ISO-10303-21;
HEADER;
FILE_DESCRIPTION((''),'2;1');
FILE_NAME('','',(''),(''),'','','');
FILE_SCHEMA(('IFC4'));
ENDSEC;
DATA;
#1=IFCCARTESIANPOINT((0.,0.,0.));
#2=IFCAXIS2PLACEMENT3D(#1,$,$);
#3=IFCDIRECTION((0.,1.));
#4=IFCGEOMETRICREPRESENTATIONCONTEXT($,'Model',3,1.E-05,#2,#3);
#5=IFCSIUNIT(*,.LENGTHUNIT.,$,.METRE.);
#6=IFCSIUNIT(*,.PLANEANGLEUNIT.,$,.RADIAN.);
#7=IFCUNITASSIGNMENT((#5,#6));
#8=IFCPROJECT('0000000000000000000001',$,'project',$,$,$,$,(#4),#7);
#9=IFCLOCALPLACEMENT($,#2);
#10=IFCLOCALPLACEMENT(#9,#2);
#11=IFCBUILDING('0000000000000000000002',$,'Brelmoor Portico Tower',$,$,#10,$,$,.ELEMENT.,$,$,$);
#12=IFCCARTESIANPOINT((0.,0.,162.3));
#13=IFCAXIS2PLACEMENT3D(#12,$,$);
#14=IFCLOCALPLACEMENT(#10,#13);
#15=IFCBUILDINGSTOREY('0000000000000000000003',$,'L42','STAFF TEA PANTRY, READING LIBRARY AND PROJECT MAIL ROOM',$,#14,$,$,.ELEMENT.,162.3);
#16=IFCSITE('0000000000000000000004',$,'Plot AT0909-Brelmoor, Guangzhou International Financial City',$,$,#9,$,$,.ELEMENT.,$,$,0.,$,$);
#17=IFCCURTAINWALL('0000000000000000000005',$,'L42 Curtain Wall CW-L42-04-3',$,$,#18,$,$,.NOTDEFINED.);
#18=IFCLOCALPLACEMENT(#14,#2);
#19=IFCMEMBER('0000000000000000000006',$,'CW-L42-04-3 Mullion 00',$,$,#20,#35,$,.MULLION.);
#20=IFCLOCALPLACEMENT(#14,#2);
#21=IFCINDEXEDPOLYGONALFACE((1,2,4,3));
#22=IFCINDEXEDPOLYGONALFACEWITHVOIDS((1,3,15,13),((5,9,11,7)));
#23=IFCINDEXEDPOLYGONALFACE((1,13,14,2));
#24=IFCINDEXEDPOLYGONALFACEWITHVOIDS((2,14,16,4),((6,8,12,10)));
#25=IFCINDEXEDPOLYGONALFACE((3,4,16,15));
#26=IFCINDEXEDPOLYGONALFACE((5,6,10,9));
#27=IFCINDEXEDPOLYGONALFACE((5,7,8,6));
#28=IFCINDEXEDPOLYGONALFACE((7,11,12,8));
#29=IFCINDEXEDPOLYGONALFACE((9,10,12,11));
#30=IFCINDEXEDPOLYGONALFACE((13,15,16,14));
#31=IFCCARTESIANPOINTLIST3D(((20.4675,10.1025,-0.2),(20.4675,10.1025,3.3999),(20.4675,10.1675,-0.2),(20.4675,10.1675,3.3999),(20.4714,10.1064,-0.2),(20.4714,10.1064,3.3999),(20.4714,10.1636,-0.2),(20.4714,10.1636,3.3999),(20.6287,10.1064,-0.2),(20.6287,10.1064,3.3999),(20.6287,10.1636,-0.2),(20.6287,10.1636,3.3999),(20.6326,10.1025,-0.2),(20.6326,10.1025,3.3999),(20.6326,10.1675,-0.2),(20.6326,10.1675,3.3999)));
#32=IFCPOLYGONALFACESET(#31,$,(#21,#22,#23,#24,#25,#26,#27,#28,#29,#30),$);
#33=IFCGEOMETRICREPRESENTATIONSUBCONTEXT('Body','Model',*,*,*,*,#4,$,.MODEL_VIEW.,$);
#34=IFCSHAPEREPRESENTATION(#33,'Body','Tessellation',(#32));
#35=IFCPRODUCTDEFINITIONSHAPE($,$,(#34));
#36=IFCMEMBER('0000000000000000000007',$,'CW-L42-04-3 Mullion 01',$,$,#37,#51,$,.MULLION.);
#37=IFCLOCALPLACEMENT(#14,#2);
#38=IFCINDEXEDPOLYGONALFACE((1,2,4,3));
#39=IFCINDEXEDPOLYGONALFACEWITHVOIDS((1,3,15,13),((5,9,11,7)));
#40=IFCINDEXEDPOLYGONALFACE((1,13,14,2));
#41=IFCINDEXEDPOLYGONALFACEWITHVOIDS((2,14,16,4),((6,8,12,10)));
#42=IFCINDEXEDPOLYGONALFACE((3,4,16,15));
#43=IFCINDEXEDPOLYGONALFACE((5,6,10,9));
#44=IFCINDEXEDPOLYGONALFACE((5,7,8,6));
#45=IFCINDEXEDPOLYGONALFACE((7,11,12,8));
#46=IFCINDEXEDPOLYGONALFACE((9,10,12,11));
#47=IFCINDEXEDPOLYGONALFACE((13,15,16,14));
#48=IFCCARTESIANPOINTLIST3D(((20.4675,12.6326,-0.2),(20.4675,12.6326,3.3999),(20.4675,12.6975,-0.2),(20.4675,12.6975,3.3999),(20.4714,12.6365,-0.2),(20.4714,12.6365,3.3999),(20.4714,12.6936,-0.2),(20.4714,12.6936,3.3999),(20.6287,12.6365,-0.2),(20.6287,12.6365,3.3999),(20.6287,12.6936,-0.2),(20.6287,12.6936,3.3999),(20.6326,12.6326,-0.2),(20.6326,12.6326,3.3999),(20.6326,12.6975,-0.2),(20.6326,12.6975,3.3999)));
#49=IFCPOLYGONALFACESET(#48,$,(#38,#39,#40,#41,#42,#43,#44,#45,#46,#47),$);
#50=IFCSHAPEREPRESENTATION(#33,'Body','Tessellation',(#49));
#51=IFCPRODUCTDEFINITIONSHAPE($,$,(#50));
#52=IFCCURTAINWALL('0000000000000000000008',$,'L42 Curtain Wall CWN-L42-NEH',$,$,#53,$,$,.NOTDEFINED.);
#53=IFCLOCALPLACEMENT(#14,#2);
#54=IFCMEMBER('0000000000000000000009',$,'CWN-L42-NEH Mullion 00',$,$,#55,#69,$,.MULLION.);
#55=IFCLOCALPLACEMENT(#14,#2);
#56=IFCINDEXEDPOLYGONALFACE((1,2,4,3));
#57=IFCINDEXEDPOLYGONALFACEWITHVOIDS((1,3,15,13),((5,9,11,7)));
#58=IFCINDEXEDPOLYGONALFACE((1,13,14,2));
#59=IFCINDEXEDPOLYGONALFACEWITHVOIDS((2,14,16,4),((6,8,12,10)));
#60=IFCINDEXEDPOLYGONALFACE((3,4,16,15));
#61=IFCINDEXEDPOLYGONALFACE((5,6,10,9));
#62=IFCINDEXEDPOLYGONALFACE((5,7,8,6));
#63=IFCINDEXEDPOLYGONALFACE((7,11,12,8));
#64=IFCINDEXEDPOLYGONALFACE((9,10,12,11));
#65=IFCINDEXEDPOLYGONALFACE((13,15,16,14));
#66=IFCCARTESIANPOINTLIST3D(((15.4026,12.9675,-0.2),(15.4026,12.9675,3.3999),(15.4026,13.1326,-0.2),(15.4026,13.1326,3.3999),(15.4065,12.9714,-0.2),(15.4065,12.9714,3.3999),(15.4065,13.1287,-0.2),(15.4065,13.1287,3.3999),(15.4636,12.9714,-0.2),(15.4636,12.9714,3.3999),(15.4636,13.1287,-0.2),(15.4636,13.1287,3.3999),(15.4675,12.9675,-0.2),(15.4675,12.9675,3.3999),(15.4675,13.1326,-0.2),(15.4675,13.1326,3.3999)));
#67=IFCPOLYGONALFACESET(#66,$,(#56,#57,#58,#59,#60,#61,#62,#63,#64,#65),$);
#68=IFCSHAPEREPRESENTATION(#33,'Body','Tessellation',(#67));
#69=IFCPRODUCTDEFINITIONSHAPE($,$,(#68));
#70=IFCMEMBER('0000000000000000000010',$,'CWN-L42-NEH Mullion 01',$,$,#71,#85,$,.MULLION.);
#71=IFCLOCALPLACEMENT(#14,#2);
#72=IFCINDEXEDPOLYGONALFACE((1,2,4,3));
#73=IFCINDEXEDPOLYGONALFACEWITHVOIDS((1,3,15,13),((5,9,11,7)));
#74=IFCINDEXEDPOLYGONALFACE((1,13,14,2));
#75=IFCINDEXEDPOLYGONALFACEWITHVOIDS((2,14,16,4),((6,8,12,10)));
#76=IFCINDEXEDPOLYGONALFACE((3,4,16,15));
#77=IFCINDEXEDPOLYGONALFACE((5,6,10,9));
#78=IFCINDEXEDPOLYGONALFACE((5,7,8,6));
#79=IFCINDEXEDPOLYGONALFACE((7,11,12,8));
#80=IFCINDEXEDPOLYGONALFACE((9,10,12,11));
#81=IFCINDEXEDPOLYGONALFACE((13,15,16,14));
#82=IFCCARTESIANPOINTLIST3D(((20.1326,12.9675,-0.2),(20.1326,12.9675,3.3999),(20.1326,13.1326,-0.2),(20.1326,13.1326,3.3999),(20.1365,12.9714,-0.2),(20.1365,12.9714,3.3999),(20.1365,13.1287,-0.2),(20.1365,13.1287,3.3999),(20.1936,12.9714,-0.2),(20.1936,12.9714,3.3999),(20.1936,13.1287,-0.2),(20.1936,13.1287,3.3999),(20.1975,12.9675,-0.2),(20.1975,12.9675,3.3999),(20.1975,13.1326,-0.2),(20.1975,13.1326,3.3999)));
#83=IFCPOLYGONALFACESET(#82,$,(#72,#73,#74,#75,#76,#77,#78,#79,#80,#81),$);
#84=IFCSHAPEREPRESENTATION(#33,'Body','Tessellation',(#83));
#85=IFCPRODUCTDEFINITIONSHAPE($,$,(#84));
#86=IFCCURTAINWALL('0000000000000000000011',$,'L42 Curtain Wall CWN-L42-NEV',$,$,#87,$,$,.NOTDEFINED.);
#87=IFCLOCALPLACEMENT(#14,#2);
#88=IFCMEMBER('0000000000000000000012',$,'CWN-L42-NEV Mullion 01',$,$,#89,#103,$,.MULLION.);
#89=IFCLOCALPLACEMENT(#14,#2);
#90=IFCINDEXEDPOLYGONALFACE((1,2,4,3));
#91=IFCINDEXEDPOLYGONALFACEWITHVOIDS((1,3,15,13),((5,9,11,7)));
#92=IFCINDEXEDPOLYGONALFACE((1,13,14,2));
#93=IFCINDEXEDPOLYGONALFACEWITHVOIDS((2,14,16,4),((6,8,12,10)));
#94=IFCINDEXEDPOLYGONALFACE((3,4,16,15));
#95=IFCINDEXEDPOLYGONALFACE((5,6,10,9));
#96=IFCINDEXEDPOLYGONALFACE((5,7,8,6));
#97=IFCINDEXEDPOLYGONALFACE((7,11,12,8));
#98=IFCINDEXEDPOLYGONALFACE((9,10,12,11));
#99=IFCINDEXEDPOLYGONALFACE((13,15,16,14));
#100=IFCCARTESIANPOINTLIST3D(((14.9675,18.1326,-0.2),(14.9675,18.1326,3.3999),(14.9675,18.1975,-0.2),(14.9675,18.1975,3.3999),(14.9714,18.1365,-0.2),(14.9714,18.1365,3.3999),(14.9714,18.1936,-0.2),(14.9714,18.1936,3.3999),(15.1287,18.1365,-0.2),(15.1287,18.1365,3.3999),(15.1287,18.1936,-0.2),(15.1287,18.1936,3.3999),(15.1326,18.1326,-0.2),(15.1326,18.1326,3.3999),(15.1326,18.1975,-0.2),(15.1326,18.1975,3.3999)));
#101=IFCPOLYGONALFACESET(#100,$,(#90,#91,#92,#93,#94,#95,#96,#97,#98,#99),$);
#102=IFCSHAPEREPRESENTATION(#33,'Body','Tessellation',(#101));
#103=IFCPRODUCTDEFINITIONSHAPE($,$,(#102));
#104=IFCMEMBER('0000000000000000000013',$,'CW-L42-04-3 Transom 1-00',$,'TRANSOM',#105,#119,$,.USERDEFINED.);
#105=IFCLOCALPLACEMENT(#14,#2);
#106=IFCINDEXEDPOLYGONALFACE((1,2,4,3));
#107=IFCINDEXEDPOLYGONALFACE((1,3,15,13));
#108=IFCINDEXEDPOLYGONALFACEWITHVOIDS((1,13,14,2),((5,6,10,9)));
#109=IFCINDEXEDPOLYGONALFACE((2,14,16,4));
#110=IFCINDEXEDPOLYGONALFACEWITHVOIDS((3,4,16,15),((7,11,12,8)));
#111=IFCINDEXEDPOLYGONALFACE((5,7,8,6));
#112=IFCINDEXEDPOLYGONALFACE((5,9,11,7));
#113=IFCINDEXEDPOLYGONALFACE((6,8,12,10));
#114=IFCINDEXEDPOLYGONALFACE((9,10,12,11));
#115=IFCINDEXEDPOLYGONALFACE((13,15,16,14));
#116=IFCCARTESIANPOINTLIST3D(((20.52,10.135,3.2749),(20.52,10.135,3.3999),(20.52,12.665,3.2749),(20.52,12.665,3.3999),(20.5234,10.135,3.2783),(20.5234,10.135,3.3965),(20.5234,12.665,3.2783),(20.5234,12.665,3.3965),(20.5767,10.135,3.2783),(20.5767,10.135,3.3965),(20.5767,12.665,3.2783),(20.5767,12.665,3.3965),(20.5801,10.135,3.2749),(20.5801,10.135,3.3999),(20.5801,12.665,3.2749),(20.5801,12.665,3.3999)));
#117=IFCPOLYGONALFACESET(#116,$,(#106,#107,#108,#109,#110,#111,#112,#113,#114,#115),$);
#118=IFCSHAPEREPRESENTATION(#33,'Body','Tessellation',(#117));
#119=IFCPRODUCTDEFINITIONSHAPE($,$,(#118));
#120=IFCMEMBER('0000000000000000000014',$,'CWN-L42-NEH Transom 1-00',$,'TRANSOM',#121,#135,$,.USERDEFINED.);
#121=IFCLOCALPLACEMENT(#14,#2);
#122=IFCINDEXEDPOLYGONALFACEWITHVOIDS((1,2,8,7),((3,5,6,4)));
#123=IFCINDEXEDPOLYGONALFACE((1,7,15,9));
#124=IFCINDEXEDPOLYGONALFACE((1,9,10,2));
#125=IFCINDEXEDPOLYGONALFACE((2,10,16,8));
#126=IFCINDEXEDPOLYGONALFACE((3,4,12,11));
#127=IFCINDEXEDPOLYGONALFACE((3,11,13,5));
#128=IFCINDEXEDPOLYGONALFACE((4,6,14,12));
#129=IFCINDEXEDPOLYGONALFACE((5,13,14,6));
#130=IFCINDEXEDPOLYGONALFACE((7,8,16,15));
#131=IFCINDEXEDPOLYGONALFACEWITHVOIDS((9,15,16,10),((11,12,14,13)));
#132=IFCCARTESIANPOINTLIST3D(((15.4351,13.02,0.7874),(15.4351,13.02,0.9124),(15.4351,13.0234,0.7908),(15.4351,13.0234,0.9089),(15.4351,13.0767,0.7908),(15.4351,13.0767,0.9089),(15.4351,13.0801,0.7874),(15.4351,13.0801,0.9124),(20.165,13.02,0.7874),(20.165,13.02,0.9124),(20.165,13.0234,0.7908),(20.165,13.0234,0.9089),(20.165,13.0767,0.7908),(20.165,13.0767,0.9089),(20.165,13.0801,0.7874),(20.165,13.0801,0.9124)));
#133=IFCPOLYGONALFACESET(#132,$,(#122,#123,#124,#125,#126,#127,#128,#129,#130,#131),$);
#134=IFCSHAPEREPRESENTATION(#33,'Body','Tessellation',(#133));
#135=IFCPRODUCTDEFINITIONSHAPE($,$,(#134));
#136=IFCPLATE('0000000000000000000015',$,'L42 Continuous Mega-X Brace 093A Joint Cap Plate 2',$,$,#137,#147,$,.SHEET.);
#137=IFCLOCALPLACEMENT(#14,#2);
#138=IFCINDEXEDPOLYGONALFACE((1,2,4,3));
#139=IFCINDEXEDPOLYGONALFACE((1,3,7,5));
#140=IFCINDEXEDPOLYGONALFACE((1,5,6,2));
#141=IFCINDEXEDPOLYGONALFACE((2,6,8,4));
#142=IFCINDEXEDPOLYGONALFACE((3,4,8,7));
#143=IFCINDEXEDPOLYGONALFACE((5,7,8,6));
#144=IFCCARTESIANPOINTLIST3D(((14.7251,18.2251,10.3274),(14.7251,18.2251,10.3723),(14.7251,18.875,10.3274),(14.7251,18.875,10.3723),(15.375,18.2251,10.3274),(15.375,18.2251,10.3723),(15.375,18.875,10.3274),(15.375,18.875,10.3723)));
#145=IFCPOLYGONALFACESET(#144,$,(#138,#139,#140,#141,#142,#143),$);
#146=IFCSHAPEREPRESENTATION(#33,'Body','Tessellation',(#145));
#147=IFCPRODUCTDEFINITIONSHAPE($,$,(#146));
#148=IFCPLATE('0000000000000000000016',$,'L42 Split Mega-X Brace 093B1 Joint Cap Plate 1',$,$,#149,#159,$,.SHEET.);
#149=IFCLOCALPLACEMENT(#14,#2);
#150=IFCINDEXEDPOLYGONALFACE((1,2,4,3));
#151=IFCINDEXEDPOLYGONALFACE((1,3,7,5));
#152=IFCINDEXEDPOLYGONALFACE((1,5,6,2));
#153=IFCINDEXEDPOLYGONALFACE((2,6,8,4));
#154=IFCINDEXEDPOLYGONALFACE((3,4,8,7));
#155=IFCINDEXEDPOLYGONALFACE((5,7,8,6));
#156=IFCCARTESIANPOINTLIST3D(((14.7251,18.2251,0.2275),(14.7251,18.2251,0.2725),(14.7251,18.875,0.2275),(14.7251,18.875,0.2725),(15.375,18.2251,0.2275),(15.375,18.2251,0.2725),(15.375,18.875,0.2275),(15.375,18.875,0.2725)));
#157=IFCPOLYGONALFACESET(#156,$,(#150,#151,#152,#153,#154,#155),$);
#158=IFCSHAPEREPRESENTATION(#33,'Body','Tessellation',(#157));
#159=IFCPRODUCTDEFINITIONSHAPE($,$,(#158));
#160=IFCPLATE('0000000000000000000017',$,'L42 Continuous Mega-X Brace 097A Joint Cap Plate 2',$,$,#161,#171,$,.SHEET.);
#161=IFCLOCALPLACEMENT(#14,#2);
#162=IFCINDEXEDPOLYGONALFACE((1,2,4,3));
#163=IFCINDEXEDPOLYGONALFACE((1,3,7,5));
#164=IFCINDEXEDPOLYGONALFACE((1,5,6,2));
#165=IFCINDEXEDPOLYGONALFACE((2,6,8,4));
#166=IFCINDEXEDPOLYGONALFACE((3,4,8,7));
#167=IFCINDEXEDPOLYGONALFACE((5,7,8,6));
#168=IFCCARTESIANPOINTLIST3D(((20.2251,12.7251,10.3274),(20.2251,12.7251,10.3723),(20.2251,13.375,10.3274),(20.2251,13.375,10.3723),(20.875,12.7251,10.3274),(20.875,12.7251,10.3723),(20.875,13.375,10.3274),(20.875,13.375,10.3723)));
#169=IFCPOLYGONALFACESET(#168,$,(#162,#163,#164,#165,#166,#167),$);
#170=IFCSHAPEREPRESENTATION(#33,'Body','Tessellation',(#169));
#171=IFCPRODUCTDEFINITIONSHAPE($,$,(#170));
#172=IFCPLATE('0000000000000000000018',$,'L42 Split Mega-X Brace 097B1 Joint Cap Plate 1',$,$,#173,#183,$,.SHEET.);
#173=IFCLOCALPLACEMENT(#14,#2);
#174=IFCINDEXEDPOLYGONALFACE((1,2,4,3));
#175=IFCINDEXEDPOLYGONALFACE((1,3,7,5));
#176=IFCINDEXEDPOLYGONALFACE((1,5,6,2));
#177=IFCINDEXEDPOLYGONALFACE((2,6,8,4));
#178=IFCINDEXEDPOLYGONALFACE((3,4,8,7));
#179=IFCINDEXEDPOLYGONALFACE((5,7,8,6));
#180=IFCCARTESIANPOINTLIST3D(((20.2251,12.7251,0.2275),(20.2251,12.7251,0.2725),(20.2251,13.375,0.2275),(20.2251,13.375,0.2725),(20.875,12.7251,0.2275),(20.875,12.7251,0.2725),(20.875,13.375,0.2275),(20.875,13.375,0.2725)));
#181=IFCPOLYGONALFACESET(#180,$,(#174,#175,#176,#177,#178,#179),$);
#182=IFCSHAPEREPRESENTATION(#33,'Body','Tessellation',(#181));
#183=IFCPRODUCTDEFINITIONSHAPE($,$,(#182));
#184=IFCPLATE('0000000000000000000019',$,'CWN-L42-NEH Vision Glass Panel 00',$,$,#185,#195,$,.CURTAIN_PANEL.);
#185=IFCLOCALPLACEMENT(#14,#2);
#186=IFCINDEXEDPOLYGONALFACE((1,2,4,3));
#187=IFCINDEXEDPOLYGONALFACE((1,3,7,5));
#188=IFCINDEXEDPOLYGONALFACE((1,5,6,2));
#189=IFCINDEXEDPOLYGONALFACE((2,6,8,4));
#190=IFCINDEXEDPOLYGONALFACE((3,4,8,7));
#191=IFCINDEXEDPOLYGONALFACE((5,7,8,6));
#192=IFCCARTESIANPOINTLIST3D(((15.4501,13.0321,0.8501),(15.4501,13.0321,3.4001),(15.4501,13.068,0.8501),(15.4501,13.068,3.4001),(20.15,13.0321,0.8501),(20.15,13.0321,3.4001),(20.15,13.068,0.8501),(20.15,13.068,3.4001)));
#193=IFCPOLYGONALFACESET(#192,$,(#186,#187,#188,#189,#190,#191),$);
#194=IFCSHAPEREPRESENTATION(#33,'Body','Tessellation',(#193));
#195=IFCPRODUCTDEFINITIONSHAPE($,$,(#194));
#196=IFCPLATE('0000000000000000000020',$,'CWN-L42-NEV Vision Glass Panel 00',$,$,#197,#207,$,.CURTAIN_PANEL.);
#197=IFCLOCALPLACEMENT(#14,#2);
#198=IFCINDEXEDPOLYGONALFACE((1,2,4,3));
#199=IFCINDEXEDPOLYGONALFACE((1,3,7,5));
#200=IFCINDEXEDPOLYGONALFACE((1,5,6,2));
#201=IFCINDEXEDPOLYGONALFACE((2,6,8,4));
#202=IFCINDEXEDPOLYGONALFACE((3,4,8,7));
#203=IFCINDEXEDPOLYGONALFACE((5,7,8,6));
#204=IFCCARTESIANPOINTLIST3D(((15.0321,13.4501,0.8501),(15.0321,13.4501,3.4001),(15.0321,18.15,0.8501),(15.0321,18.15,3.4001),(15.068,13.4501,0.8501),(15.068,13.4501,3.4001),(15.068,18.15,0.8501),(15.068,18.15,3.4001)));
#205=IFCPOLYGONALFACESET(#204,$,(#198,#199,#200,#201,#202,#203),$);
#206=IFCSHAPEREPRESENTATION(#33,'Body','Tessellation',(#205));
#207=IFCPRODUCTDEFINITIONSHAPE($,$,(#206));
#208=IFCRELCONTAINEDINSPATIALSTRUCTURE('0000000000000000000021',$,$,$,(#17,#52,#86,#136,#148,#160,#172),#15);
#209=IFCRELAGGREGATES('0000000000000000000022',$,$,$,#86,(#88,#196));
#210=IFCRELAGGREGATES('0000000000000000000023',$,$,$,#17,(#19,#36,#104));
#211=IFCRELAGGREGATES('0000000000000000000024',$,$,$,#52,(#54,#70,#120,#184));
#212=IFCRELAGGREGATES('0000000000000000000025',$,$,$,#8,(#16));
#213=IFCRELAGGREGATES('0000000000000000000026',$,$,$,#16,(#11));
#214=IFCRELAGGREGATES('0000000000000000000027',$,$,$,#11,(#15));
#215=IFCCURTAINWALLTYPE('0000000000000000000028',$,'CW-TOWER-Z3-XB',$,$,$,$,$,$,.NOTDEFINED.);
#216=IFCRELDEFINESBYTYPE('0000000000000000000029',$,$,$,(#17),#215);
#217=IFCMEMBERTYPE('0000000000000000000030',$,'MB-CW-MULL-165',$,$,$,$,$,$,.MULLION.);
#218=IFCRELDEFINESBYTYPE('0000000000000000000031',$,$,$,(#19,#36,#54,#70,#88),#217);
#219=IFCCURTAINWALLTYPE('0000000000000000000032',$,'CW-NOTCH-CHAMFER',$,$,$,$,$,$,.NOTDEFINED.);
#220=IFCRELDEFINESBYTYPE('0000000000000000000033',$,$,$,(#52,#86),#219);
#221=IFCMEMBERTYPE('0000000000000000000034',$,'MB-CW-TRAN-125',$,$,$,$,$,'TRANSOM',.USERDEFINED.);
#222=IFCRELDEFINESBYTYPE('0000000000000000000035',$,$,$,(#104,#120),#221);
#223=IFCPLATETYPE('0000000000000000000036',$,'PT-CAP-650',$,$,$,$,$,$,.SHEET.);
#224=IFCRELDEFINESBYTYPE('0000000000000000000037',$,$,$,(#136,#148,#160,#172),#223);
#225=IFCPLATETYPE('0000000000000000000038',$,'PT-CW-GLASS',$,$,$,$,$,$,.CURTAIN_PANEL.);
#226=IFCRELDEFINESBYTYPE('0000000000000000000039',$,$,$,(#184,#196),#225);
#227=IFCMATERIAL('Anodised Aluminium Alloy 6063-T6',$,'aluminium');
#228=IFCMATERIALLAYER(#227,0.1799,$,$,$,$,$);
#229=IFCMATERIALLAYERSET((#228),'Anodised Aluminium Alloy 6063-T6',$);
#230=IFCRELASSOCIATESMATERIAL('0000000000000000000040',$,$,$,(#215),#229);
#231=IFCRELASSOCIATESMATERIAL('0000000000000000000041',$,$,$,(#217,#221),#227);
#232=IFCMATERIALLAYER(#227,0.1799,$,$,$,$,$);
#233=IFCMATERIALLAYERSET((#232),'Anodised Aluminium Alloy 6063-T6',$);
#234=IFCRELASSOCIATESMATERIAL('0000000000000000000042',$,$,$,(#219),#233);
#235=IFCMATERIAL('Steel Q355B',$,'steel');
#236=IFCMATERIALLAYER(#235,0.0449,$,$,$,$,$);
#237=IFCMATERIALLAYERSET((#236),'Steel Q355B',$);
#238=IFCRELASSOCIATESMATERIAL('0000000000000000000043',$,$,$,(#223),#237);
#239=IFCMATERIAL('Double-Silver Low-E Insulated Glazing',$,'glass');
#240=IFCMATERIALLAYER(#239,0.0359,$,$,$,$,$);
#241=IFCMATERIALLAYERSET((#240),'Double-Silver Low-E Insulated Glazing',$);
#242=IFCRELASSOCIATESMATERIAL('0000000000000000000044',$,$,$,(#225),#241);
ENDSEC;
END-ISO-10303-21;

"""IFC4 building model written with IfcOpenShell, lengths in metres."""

from ifc_helpers import new_model, si_unit, direction, frame, origin, origin_2d, place, context, subcontext, project, spatial, rectangle, hollow_rectangle, extrude, material, layer, layer_set, material_profile, profile_set, type_object, element, aggregate, save


model = new_model("IFC4")

# Units and contexts
model_context = context("Model", 3, precision=1e-05, world=origin(), true_north=direction((0.0, 1.0)))
body_context = subcontext(model_context, "Body", "Model", "MODEL_VIEW")
ifc_project = project(units=[si_unit("LENGTHUNIT", "METRE"), si_unit("PLANEANGLEUNIT", "RADIAN")], contexts=[model_context])

# Site, building, storey
site_placement = place(None, origin())
site = spatial("IfcSite", under=ifc_project, at=site_placement, Name="Plot AT0909-Brelmoor, Guangzhou International Financial City", CompositionType="ELEMENT", RefElevation=0.0)
building_placement = place(site_placement, origin())
building = spatial("IfcBuilding", under=site, at=building_placement, Name="Brelmoor Portico Tower", CompositionType="ELEMENT")
storey_placement = place(building_placement, frame((0.0, 0.0, 162.3)))
storey = spatial("IfcBuildingStorey", under=building, at=storey_placement, Name="L42", Description="STAFF TEA PANTRY, READING LIBRARY AND PROJECT MAIL ROOM", CompositionType="ELEMENT", Elevation=162.3)

# Shared definitions
ifc_material_1 = material(Name="Steel Q355B", Category="steel")

# Curtain walls, members
ifc_material_2 = material(Name="Anodised Aluminium Alloy 6063-T6", Category="aluminium")
ifc_layer_1 = layer(ifc_material_2, 0.1799)
ifc_layer_set_1 = layer_set([ifc_layer_1], Name="Anodised Aluminium Alloy 6063-T6")
curtain_wall_type_1 = type_object("IfcCurtainWallType", Name="CW-TOWER-Z3-XB", PredefinedType="NOTDEFINED", material=ifc_layer_set_1)
curtain_wall_1_placement = place(storey_placement, origin())
curtain_wall_1 = element("IfcCurtainWall", 1, at=curtain_wall_1_placement, inside=storey, type_object=curtain_wall_type_1, Name="L42 Curtain Wall CW-L42-04-3", PredefinedType="NOTDEFINED")
ifc_material_profile_1 = material_profile(ifc_material_2, hollow_rectangle(XDim=0.0649, YDim=0.165, WallThickness=0.0039, at=origin_2d()), Name="ALU MULLION 65x165")
ifc_profile_set_1 = profile_set([ifc_material_profile_1], Name="Anodised Aluminium Alloy 6063-T6")
member_type_1 = type_object("IfcMemberType", Name="MB-CW-MULL-165", PredefinedType="MULLION", material=ifc_profile_set_1)
member_1_placement = place(storey_placement, frame((20.55, 10.135, -0.2), z_axis=(0.0, 0.0, 1.0), x_axis=(0.0, 1.0, 0.0)))
member_1 = element("IfcMember", 2, at=member_1_placement, type_object=member_type_1, Name="CW-L42-04-3 Mullion 00", PredefinedType="MULLION", context=body_context, shape_type="SweptSolid", body=[
    extrude(hollow_rectangle(XDim=0.0649, YDim=0.165, WallThickness=0.0039, at=origin_2d()), origin(), (0.0, 0.0, 1.0), 3.5999),
])
member_2_placement = place(storey_placement, frame((20.55, 12.665, -0.2), z_axis=(0.0, 0.0, 1.0), x_axis=(0.0, 1.0, 0.0)))
member_2 = element("IfcMember", 3, at=member_2_placement, type_object=member_type_1, Name="CW-L42-04-3 Mullion 01", PredefinedType="MULLION", context=body_context, shape_type="SweptSolid", body=[
    extrude(hollow_rectangle(XDim=0.0649, YDim=0.165, WallThickness=0.0039, at=origin_2d()), origin(), (0.0, 0.0, 1.0), 3.5999),
])
ifc_layer_2 = layer(ifc_material_2, 0.1799)
ifc_layer_set_2 = layer_set([ifc_layer_2], Name="Anodised Aluminium Alloy 6063-T6")
curtain_wall_type_2 = type_object("IfcCurtainWallType", Name="CW-NOTCH-CHAMFER", PredefinedType="NOTDEFINED", material=ifc_layer_set_2)
curtain_wall_2_placement = place(storey_placement, origin())
curtain_wall_2 = element("IfcCurtainWall", 4, at=curtain_wall_2_placement, inside=storey, type_object=curtain_wall_type_2, Name="L42 Curtain Wall CWN-L42-NEH", PredefinedType="NOTDEFINED")
member_3_placement = place(storey_placement, frame((15.4351, 13.05, -0.2), z_axis=(0.0, 0.0, 1.0), x_axis=(1.0, 0.0, 0.0)))
member_3 = element("IfcMember", 5, at=member_3_placement, type_object=member_type_1, Name="CWN-L42-NEH Mullion 00", PredefinedType="MULLION", context=body_context, shape_type="SweptSolid", body=[
    extrude(hollow_rectangle(XDim=0.0649, YDim=0.165, WallThickness=0.0039, at=origin_2d()), origin(), (0.0, 0.0, 1.0), 3.5999),
])
member_4_placement = place(storey_placement, frame((20.165, 13.05, -0.2), z_axis=(0.0, 0.0, 1.0), x_axis=(1.0, 0.0, 0.0)))
member_4 = element("IfcMember", 6, at=member_4_placement, type_object=member_type_1, Name="CWN-L42-NEH Mullion 01", PredefinedType="MULLION", context=body_context, shape_type="SweptSolid", body=[
    extrude(hollow_rectangle(XDim=0.0649, YDim=0.165, WallThickness=0.0039, at=origin_2d()), origin(), (0.0, 0.0, 1.0), 3.5999),
])

# Curtain wall, member
curtain_wall_3_placement = place(storey_placement, origin())
curtain_wall_3 = element("IfcCurtainWall", 7, at=curtain_wall_3_placement, inside=storey, type_object=curtain_wall_type_2, Name="L42 Curtain Wall CWN-L42-NEV", PredefinedType="NOTDEFINED")
member_5_placement = place(storey_placement, frame((15.05, 18.165, -0.2), z_axis=(0.0, 0.0, 1.0), x_axis=(0.0, 1.0, 0.0)))
member_5 = element("IfcMember", 8, at=member_5_placement, type_object=member_type_1, Name="CWN-L42-NEV Mullion 01", PredefinedType="MULLION", context=body_context, shape_type="SweptSolid", body=[
    extrude(hollow_rectangle(XDim=0.0649, YDim=0.165, WallThickness=0.0039, at=origin_2d()), origin(), (0.0, 0.0, 1.0), 3.5999),
])

# Members
ifc_material_profile_2 = material_profile(ifc_material_2, hollow_rectangle(XDim=0.0601, YDim=0.125, WallThickness=0.0034, at=origin_2d()), Name="ALU TRANSOM 60x125")
ifc_profile_set_2 = profile_set([ifc_material_profile_2], Name="Anodised Aluminium Alloy 6063-T6")
member_type_2 = type_object("IfcMemberType", Name="MB-CW-TRAN-125", ElementType="TRANSOM", PredefinedType="USERDEFINED", material=ifc_profile_set_2)
member_6_placement = place(storey_placement, frame((20.55, 10.135, 3.3374), z_axis=(0.0, 1.0, 0.0), x_axis=(-1.0, 0.0, 0.0)))
member_6 = element("IfcMember", 9, at=member_6_placement, type_object=member_type_2, Name="CW-L42-04-3 Transom 1-00", ObjectType="TRANSOM", PredefinedType="USERDEFINED", context=body_context, shape_type="SweptSolid", body=[
    extrude(hollow_rectangle(XDim=0.0601, YDim=0.125, WallThickness=0.0034, at=origin_2d()), origin(), (0.0, 0.0, 1.0), 2.53),
])
member_7_placement = place(storey_placement, frame((15.4351, 13.05, 0.8499), z_axis=(1.0, 0.0, 0.0), x_axis=(0.0, 1.0, 0.0)))
member_7 = element("IfcMember", 10, at=member_7_placement, type_object=member_type_2, Name="CWN-L42-NEH Transom 1-00", ObjectType="TRANSOM", PredefinedType="USERDEFINED", context=body_context, shape_type="SweptSolid", body=[
    extrude(hollow_rectangle(XDim=0.0601, YDim=0.125, WallThickness=0.0034, at=origin_2d()), origin(), (0.0, 0.0, 1.0), 4.73),
])

# Plates
ifc_layer_3 = layer(ifc_material_1, 0.0449)
ifc_layer_set_3 = layer_set([ifc_layer_3], Name="Steel Q355B")
plate_type_1 = type_object("IfcPlateType", Name="PT-CAP-650", PredefinedType="SHEET", material=ifc_layer_set_3)
for number, where, z_axis, x_axis, name in (
    (11, (15.05, 18.55, 10.3274), (0.0, 0.0, 1.0), (1.0, 0.0, 0.0), "L42 Continuous Mega-X Brace 093A Joint Cap Plate 2"),
    (12, (15.05, 18.55, 0.2275), (0.0, 0.0, 1.0), (1.0, 0.0, 0.0), "L42 Split Mega-X Brace 093B1 Joint Cap Plate 1"),
    (13, (20.55, 13.05, 10.3274), (0.0, 0.0, 1.0), (1.0, 0.0, 0.0), "L42 Continuous Mega-X Brace 097A Joint Cap Plate 2"),
    (14, (20.55, 13.05, 0.2275), (0.0, 0.0, 1.0), (1.0, 0.0, 0.0), "L42 Split Mega-X Brace 097B1 Joint Cap Plate 1"),
):
    element("IfcPlate", number, at=place(storey_placement, frame(where, z_axis=z_axis, x_axis=x_axis)), inside=storey, type_object=plate_type_1, Name=name, PredefinedType="SHEET", context=body_context, shape_type="SweptSolid", body=[
        extrude(rectangle(XDim=0.6499, YDim=0.6499, at=origin_2d()), origin(), (0.0, 0.0, 1.0), 0.0449),
    ])

# Plates
ifc_material_3 = material(Name="Double-Silver Low-E Insulated Glazing", Category="glass")
ifc_layer_4 = layer(ifc_material_3, 0.0359)
ifc_layer_set_4 = layer_set([ifc_layer_4], Name="Double-Silver Low-E Insulated Glazing")
plate_type_2 = type_object("IfcPlateType", Name="PT-CW-GLASS", PredefinedType="CURTAIN_PANEL", material=ifc_layer_set_4)
plate_1_placement = place(storey_placement, frame((17.8, 13.05, 0.8501), z_axis=(0.0, 0.0, 1.0), x_axis=(1.0, 0.0, 0.0)))
plate_1 = element("IfcPlate", 15, at=plate_1_placement, type_object=plate_type_2, Name="CWN-L42-NEH Vision Glass Panel 00", PredefinedType="CURTAIN_PANEL", context=body_context, shape_type="SweptSolid", body=[
    extrude(rectangle(XDim=4.7, YDim=0.0359, at=origin_2d()), origin(), (0.0, 0.0, 1.0), 2.55),
])
plate_2_placement = place(storey_placement, frame((15.05, 15.8, 0.8501), z_axis=(0.0, 0.0, 1.0), x_axis=(0.0, 1.0, 0.0)))
plate_2 = element("IfcPlate", 16, at=plate_2_placement, type_object=plate_type_2, Name="CWN-L42-NEV Vision Glass Panel 00", PredefinedType="CURTAIN_PANEL", context=body_context, shape_type="SweptSolid", body=[
    extrude(rectangle(XDim=4.7, YDim=0.0359, at=origin_2d()), origin(), (0.0, 0.0, 1.0), 2.55),
])
aggregate(curtain_wall_3, [member_5, plate_2])
aggregate(curtain_wall_1, [member_1, member_2, member_6])
aggregate(curtain_wall_2, [member_3, member_4, member_7, plate_1])

save(model, "model.ifc")
